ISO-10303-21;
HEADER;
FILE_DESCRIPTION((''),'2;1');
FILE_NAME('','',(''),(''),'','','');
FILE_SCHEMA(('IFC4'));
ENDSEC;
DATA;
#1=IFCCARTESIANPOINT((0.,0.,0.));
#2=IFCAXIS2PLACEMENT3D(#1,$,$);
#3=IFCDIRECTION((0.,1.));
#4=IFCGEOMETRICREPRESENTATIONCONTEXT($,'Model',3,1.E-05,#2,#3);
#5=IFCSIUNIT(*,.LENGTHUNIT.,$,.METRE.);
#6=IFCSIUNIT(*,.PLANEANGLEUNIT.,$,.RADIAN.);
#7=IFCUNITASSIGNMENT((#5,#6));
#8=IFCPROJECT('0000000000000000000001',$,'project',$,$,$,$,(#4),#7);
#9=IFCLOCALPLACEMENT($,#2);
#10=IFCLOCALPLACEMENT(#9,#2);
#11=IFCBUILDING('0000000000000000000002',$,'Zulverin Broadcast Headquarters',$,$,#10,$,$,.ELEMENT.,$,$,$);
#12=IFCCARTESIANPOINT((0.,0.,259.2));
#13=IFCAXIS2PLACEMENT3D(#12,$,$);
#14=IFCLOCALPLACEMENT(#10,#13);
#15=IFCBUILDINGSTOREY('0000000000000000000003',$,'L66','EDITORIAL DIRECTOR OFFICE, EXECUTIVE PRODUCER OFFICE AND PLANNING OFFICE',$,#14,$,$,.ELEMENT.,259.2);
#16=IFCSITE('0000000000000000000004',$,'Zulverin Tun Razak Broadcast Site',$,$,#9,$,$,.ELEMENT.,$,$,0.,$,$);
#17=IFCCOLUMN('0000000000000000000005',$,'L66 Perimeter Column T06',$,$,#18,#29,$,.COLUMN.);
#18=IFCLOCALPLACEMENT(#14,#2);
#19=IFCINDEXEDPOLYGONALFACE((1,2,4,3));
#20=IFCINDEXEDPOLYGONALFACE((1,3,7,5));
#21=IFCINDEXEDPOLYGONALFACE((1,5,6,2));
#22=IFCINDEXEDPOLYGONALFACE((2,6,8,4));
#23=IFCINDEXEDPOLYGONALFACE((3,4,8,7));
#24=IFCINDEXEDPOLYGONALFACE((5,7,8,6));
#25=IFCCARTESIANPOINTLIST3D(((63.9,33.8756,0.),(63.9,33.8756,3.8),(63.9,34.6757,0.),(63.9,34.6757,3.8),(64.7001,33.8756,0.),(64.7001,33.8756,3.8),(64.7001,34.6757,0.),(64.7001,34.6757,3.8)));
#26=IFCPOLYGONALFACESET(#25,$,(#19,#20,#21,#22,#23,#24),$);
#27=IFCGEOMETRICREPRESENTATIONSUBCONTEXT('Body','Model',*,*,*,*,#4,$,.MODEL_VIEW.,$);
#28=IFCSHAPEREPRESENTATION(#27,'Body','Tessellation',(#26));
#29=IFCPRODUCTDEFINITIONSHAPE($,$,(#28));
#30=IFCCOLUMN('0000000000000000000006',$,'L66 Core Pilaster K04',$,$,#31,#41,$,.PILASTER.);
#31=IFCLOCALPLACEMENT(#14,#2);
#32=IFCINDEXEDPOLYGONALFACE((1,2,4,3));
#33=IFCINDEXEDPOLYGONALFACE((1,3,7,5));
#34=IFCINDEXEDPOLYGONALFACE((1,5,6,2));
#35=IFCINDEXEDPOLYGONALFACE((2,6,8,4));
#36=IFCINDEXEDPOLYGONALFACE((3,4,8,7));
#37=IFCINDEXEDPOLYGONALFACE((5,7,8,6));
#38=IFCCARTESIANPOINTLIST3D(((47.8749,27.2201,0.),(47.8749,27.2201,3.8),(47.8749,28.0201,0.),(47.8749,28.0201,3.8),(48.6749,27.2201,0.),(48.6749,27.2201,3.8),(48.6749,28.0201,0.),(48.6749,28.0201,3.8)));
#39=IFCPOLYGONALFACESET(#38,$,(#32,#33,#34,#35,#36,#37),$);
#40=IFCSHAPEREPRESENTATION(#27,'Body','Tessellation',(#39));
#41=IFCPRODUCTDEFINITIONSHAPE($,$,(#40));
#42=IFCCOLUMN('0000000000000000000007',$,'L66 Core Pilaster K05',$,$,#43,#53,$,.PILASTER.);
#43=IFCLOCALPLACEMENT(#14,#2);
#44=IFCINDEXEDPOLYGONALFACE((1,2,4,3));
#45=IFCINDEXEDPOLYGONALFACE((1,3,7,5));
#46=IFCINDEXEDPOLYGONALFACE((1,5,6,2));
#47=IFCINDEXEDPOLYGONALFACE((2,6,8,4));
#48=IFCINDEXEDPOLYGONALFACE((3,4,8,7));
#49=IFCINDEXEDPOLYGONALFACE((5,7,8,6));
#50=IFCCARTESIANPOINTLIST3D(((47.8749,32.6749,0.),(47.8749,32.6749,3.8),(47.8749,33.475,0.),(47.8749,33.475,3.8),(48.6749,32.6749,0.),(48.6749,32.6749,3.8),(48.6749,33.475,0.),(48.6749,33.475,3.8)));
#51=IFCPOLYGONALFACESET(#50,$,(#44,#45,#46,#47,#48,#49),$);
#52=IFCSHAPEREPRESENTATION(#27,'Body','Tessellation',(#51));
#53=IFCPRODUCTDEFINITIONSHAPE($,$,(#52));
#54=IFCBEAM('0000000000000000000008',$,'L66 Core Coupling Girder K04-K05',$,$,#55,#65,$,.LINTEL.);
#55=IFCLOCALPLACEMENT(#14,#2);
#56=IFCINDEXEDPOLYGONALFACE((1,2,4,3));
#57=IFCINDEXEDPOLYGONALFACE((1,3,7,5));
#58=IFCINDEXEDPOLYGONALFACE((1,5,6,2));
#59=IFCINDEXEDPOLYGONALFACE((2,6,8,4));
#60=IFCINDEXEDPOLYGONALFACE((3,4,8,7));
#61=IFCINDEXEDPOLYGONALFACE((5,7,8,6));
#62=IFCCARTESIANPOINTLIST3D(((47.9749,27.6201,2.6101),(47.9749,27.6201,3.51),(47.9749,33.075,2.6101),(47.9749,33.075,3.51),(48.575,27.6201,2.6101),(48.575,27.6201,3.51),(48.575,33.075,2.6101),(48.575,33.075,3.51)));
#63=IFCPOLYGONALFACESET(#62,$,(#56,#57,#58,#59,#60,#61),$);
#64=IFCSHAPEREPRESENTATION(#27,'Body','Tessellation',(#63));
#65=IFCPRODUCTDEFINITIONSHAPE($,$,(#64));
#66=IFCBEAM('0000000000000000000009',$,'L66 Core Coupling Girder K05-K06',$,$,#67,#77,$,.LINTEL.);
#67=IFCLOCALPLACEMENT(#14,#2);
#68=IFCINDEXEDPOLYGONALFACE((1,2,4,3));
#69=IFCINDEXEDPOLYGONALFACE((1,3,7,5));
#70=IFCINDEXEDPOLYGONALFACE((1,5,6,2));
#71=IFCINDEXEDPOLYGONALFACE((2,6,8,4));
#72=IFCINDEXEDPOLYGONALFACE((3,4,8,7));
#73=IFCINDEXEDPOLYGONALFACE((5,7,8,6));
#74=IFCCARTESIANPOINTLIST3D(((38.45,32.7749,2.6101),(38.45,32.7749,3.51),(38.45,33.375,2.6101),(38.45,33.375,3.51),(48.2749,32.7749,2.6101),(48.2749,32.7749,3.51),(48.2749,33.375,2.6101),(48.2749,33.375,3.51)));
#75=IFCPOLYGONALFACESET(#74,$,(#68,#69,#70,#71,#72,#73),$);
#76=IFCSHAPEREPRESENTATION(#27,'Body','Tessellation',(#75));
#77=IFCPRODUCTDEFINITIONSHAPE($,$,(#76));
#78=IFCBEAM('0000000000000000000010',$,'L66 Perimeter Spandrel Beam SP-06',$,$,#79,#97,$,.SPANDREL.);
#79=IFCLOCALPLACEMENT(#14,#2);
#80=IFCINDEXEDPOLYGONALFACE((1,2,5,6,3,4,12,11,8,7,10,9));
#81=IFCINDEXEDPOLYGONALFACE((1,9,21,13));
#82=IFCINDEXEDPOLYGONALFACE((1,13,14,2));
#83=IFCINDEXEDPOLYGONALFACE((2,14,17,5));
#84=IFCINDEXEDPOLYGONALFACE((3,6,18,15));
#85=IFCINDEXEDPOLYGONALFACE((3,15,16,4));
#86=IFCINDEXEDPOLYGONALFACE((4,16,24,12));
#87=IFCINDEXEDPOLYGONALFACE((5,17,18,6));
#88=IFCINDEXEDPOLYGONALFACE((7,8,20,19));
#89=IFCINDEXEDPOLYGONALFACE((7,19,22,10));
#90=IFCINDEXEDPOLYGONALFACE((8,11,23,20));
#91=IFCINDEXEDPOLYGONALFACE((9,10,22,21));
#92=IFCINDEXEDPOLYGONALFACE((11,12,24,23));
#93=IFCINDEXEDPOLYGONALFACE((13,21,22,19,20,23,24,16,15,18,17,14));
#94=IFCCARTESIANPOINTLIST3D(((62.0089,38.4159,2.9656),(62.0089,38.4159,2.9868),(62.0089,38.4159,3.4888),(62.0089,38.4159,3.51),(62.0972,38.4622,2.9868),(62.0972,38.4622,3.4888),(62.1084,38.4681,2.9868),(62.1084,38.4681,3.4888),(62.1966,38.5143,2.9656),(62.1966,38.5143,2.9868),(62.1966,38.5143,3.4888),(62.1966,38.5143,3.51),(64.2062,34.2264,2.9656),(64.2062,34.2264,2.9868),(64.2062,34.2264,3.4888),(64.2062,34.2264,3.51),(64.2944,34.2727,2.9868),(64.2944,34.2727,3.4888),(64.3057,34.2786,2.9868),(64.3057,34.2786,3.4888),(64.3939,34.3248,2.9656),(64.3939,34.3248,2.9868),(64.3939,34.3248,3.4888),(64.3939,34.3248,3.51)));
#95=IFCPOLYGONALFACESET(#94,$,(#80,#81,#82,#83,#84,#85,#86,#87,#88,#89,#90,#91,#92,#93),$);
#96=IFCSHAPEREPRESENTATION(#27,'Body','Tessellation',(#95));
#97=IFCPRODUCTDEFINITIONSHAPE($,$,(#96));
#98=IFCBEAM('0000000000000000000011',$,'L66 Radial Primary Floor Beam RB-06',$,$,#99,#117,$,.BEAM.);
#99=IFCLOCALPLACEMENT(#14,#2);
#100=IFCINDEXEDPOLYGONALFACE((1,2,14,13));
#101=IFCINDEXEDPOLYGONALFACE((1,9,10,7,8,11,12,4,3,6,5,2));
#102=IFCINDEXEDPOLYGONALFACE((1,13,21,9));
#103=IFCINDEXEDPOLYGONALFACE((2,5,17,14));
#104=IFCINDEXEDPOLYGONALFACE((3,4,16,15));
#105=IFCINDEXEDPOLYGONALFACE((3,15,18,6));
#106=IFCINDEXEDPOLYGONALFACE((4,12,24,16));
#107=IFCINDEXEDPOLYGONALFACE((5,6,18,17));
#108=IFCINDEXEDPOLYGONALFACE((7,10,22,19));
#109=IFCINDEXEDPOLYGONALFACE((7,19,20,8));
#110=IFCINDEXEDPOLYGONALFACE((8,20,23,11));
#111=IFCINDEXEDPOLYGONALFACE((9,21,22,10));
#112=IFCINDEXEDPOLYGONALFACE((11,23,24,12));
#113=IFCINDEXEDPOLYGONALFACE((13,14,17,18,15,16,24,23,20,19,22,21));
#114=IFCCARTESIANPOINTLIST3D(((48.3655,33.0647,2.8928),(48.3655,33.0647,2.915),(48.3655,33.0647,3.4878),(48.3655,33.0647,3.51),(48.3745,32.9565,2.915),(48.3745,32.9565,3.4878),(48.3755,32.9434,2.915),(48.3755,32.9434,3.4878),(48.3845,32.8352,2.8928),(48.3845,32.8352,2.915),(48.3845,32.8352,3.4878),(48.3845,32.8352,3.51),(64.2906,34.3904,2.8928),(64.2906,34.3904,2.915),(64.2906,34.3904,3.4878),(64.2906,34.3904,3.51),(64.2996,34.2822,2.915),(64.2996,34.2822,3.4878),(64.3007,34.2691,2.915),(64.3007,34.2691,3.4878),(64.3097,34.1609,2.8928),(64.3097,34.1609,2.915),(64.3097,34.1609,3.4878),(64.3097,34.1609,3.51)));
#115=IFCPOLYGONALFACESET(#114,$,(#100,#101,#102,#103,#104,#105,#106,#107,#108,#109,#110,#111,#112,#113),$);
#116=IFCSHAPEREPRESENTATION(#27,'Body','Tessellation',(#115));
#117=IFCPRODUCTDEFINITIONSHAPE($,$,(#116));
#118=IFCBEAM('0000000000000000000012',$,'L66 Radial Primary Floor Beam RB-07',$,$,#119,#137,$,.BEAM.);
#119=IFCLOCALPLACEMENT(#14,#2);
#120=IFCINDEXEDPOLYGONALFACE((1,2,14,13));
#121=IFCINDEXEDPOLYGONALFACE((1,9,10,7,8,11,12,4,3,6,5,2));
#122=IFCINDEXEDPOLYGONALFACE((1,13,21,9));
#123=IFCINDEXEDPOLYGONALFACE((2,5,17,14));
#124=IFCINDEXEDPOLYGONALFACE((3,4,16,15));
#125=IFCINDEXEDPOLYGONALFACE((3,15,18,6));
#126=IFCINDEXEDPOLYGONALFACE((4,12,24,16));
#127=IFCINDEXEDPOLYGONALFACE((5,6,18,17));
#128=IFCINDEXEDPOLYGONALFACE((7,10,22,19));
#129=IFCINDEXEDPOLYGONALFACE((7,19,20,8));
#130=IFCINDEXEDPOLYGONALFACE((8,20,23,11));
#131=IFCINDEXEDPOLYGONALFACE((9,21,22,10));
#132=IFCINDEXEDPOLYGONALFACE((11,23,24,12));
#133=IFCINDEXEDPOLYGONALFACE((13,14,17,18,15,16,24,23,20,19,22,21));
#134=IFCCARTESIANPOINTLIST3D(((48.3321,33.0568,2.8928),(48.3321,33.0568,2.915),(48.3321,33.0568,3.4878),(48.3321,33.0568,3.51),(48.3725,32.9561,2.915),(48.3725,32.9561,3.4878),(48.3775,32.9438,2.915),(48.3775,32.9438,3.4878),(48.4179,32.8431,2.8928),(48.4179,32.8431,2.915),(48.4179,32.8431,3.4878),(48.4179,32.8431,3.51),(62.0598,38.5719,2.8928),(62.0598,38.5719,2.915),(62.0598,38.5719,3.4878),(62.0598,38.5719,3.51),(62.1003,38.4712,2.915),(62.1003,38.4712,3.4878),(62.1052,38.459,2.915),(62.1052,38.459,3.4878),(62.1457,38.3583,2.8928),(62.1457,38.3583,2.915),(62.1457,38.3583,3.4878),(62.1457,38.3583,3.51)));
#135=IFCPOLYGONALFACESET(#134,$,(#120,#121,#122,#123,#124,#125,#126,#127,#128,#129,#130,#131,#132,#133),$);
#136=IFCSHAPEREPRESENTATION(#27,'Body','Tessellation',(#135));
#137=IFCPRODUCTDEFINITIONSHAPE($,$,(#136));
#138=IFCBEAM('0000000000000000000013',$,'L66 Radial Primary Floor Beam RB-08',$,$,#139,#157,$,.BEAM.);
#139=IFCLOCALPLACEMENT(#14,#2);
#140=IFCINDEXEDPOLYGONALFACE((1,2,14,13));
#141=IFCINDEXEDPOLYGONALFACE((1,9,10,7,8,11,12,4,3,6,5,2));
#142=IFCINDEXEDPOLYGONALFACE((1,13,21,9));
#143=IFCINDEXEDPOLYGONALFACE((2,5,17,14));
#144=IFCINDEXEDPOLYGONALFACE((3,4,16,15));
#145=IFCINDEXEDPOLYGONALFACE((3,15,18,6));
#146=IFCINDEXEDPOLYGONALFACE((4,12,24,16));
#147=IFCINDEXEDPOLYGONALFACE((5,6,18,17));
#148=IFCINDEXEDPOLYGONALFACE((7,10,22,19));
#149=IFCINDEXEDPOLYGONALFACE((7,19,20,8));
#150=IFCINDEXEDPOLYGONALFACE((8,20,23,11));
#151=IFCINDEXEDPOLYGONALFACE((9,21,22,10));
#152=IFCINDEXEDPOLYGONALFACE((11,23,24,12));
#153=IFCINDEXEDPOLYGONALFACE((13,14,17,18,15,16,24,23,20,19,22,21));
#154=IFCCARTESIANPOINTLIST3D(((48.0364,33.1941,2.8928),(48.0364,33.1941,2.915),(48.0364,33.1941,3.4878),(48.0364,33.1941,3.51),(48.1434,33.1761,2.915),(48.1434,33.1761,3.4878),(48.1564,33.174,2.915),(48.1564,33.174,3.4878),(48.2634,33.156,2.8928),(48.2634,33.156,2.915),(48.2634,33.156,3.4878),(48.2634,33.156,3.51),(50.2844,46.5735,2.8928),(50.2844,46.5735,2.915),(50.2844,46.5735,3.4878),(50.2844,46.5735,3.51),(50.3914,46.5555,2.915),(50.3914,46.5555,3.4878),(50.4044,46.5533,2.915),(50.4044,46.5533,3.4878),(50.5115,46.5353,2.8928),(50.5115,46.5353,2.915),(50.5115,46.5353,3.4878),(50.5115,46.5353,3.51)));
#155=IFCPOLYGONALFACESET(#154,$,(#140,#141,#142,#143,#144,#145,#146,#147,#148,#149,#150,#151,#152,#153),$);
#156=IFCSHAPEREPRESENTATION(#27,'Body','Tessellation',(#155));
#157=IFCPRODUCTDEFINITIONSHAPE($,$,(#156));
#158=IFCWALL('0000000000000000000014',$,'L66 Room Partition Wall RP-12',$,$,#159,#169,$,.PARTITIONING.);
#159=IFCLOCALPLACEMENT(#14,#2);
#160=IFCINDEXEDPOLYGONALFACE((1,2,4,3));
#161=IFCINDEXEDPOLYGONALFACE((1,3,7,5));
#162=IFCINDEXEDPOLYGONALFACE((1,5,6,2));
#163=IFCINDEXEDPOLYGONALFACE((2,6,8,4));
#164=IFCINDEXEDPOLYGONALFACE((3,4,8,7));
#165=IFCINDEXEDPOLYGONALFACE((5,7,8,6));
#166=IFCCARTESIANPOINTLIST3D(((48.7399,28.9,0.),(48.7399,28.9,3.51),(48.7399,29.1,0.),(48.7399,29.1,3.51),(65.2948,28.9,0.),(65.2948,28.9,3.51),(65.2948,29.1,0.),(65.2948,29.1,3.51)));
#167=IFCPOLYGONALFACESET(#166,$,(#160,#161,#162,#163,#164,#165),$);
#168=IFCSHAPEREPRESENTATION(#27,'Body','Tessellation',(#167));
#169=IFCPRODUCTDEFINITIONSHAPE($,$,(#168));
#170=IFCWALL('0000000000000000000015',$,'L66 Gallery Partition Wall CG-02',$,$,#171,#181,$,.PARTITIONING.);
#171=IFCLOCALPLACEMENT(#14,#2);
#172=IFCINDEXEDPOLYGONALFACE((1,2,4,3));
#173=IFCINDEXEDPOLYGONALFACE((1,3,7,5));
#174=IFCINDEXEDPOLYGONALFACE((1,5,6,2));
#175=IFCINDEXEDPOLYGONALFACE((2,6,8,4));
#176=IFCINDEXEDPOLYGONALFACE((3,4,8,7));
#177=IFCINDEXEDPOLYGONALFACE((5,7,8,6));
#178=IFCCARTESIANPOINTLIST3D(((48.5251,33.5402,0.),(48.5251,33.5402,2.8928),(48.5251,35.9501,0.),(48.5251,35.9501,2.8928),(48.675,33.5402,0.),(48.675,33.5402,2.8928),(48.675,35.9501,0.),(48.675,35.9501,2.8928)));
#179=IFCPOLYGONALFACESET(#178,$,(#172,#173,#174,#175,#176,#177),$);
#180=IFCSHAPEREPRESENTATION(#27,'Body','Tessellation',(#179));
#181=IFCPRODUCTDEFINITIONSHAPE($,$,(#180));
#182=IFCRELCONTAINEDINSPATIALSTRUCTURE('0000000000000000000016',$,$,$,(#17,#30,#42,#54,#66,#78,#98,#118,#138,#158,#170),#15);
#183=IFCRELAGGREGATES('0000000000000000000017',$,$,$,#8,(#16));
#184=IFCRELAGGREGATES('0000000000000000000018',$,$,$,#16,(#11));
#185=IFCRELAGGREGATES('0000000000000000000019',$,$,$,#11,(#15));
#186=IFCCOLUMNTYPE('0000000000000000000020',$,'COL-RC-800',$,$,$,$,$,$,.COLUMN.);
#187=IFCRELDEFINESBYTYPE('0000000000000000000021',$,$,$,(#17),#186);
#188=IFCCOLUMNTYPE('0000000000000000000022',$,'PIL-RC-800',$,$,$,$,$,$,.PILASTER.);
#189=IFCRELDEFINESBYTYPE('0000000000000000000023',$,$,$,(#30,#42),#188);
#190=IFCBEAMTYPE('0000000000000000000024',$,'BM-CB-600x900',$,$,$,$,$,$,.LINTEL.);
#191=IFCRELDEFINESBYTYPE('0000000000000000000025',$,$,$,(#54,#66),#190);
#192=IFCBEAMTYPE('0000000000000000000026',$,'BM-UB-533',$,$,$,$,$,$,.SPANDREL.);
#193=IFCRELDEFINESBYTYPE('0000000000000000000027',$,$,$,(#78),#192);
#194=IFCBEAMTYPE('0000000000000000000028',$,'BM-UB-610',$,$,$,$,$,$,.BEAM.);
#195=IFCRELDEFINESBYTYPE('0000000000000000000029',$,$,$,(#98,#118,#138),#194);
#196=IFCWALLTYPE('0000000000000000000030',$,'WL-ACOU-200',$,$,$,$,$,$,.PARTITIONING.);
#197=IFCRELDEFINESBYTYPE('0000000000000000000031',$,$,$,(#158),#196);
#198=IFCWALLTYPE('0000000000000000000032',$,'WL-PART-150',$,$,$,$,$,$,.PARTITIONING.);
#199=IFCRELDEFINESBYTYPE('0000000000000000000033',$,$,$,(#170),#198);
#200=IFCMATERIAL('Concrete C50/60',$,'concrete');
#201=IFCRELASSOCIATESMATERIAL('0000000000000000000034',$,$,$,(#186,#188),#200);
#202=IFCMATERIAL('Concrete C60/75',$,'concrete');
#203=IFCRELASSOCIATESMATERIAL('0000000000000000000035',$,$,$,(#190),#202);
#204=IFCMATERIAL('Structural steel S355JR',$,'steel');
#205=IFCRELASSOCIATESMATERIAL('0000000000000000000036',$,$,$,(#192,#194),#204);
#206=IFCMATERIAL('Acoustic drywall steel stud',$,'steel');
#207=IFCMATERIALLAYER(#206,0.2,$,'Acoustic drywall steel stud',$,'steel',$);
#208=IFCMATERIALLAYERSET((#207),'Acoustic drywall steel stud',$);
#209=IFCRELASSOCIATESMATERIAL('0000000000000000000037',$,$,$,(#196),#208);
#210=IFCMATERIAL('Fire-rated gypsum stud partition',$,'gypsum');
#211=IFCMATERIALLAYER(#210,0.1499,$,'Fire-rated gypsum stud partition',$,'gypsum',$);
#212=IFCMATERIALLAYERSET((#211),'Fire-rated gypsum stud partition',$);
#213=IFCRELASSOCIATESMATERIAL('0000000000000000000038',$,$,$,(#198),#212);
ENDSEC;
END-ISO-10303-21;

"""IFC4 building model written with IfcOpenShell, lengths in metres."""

from ifc_helpers import new_model, si_unit, direction, frame, frame_2d, origin, origin_2d, place, context, subcontext, project, spatial, rectangle, i_section, extrude, material, layer, layer_set, material_profile, profile_set, type_object, element, save


model = new_model("IFC4")

# Units and contexts
model_context = context("Model", 3, precision=1e-05, world=origin(), true_north=direction((0.0, 1.0)))
body_context = subcontext(model_context, "Body", "Model", "MODEL_VIEW")
ifc_project = project(units=[si_unit("LENGTHUNIT", "METRE"), si_unit("PLANEANGLEUNIT", "RADIAN")], contexts=[model_context])

# Site, building, storey
site_placement = place(None, origin())
site = spatial("IfcSite", under=ifc_project, at=site_placement, Name="Zulverin Tun Razak Broadcast Site", CompositionType="ELEMENT", RefElevation=0.0)
building_placement = place(site_placement, origin())
building = spatial("IfcBuilding", under=site, at=building_placement, Name="Zulverin Broadcast Headquarters", CompositionType="ELEMENT")
storey_placement = place(building_placement, frame((0.0, 0.0, 259.2)))
storey = spatial("IfcBuildingStorey", under=building, at=storey_placement, Name="L66", Description="EDITORIAL DIRECTOR OFFICE, EXECUTIVE PRODUCER OFFICE AND PLANNING OFFICE", CompositionType="ELEMENT", Elevation=259.2)

# Columns
ifc_material_1 = material(Name="Concrete C50/60", Category="concrete")
ifc_material_profile_1 = material_profile(ifc_material_1, rectangle(XDim=0.8, YDim=0.8, at=origin_2d()), Name="Concrete C50/60", Category="concrete")
ifc_profile_set_1 = profile_set([ifc_material_profile_1], Name="Concrete C50/60")
column_type_1 = type_object("IfcColumnType", Name="COL-RC-800", PredefinedType="COLUMN", material=ifc_profile_set_1)
column_placement = place(storey_placement, frame((64.3, 34.2756, 0.0), z_axis=(0.0, 0.0, 1.0), x_axis=(1.0, 0.0, 0.0)))
element("IfcColumn", 1, at=column_placement, inside=storey, type_object=column_type_1, Name="L66 Perimeter Column T06", PredefinedType="COLUMN", context=body_context, shape_type="SweptSolid", body=[
    extrude(rectangle(XDim=0.8, YDim=0.8, at=origin_2d()), origin(), (0.0, 0.0, 1.0), 3.8),
])
ifc_material_profile_2 = material_profile(ifc_material_1, rectangle(XDim=0.8, YDim=0.8, at=origin_2d()), Name="Concrete C50/60", Category="concrete")
ifc_profile_set_2 = profile_set([ifc_material_profile_2], Name="Concrete C50/60")
column_type_2 = type_object("IfcColumnType", Name="PIL-RC-800", PredefinedType="PILASTER", material=ifc_profile_set_2)
for number, where, z_axis, x_axis, name in (
    (2, (48.2749, 27.6201, 0.0), (0.0, 0.0, 1.0), (1.0, 0.0, 0.0), "L66 Core Pilaster K04"),
    (3, (48.2749, 33.075, 0.0), (0.0, 0.0, 1.0), (1.0, 0.0, 0.0), "L66 Core Pilaster K05"),
):
    element("IfcColumn", number, at=place(storey_placement, frame(where, z_axis=z_axis, x_axis=x_axis)), inside=storey, type_object=column_type_2, Name=name, PredefinedType="PILASTER", context=body_context, shape_type="SweptSolid", body=[
        extrude(rectangle(XDim=0.8, YDim=0.8, at=origin_2d()), origin(), (0.0, 0.0, 1.0), 3.8),
    ])

# Beams
ifc_material_2 = material(Name="Concrete C60/75", Category="concrete")
ifc_material_profile_3 = material_profile(ifc_material_2, rectangle(XDim=0.6001, YDim=0.8999, at=origin_2d()), Name="Concrete C60/75", Category="concrete")
ifc_profile_set_3 = profile_set([ifc_material_profile_3], Name="Concrete C60/75")
beam_type_1 = type_object("IfcBeamType", Name="BM-CB-600x900", PredefinedType="LINTEL", material=ifc_profile_set_3)
beam_1_placement = place(storey_placement, frame((48.2749, 27.6201, 3.0601), z_axis=(0.0, 1.0, 0.0), x_axis=(-1.0, 0.0, 0.0)))
element("IfcBeam", 4, at=beam_1_placement, inside=storey, type_object=beam_type_1, Name="L66 Core Coupling Girder K04-K05", PredefinedType="LINTEL", context=body_context, shape_type="SweptSolid", body=[
    extrude(rectangle(XDim=0.6001, YDim=0.8999, at=origin_2d()), origin(), (0.0, 0.0, 1.0), 5.4548),
])
beam_2_placement = place(storey_placement, frame((48.2749, 33.075, 3.0601), z_axis=(-1.0, 0.0, 0.0), x_axis=(0.0, -1.0, 0.0)))
element("IfcBeam", 5, at=beam_2_placement, inside=storey, type_object=beam_type_1, Name="L66 Core Coupling Girder K05-K06", PredefinedType="LINTEL", context=body_context, shape_type="SweptSolid", body=[
    extrude(rectangle(XDim=0.6001, YDim=0.8999, at=origin_2d()), origin(), (0.0, 0.0, 1.0), 9.825),
])
ifc_material_3 = material(Name="Structural steel S355JR", Category="steel")
ifc_material_profile_4 = material_profile(ifc_material_3, i_section(OverallWidth=0.2119, OverallDepth=0.5444, WebThickness=0.0127, FlangeThickness=0.0212, at=origin_2d()), Name="Structural steel S355JR", Category="steel")
ifc_profile_set_4 = profile_set([ifc_material_profile_4], Name="Structural steel S355JR")
beam_type_2 = type_object("IfcBeamType", Name="BM-UB-533", PredefinedType="SPANDREL", material=ifc_profile_set_4)
beam_3_placement = place(storey_placement, frame((64.3, 34.2756, 3.2378), z_axis=(-0.46447, 0.885589, 0.0), x_axis=(-0.885589, -0.46447, 0.0)))
element("IfcBeam", 6, at=beam_3_placement, inside=storey, type_object=beam_type_2, Name="L66 Perimeter Spandrel Beam SP-06", PredefinedType="SPANDREL", context=body_context, shape_type="SweptSolid", body=[
    extrude(i_section(OverallWidth=0.2119, OverallDepth=0.5444, WebThickness=0.0127, FlangeThickness=0.0212, at=origin_2d()), origin(), (0.0, 0.0, 1.0), 4.7307),
])
ifc_material_profile_5 = material_profile(ifc_material_3, i_section(OverallWidth=0.2302, OverallDepth=0.6172, WebThickness=0.0132, FlangeThickness=0.0222, at=origin_2d()), Name="Structural steel S355JR", Category="steel")
ifc_profile_set_5 = profile_set([ifc_material_profile_5], Name="Structural steel S355JR")
beam_type_3 = type_object("IfcBeamType", Name="BM-UB-610", PredefinedType="BEAM", material=ifc_profile_set_5)
beam_4_placement = place(storey_placement, frame((48.375, 32.95, 3.2014), z_axis=(0.996553, 0.082958, 0.0), x_axis=(-0.082958, 0.996553, 0.0)))
element("IfcBeam", 7, at=beam_4_placement, inside=storey, type_object=beam_type_3, Name="L66 Radial Primary Floor Beam RB-06", PredefinedType="BEAM", context=body_context, shape_type="SweptSolid", body=[
    extrude(i_section(OverallWidth=0.2302, OverallDepth=0.6172, WebThickness=0.0132, FlangeThickness=0.0222, at=origin_2d()), origin(), (0.0, 0.0, 1.0), 15.9802),
])
beam_5_placement = place(storey_placement, frame((48.375, 32.95, 3.2014), z_axis=(0.927916, 0.37279, 0.0), x_axis=(-0.37279, 0.927916, 0.0)))
element("IfcBeam", 8, at=beam_5_placement, inside=storey, type_object=beam_type_3, Name="L66 Radial Primary Floor Beam RB-07", PredefinedType="BEAM", context=body_context, shape_type="SweptSolid", body=[
    extrude(i_section(OverallWidth=0.2302, OverallDepth=0.6172, WebThickness=0.0132, FlangeThickness=0.0222, at=origin_2d()), origin(), (0.0, 0.0, 1.0), 14.7942),
])
beam_6_placement = place(storey_placement, frame((48.1499, 33.175, 3.2014), z_axis=(0.1657, 0.986176, 0.0), x_axis=(-0.986176, 0.1657, 0.0)))
element("IfcBeam", 9, at=beam_6_placement, inside=storey, type_object=beam_type_3, Name="L66 Radial Primary Floor Beam RB-08", PredefinedType="BEAM", context=body_context, shape_type="SweptSolid", body=[
    extrude(i_section(OverallWidth=0.2302, OverallDepth=0.6172, WebThickness=0.0132, FlangeThickness=0.0222, at=origin_2d()), origin(), (0.0, 0.0, 1.0), 13.5669),
])

# Walls
ifc_material_4 = material(Name="Acoustic drywall steel stud", Category="steel")
ifc_layer_1 = layer(ifc_material_4, 0.2, Name="Acoustic drywall steel stud", Category="steel")
ifc_layer_set_1 = layer_set([ifc_layer_1], Name="Acoustic drywall steel stud")
wall_type_1 = type_object("IfcWallType", Name="WL-ACOU-200", PredefinedType="PARTITIONING", material=ifc_layer_set_1)
wall_1_placement = place(storey_placement, frame((48.74, 29.0, 0.0), z_axis=(0.0, 0.0, 1.0), x_axis=(1.0, 0.0, 0.0)))
element("IfcWall", 10, at=wall_1_placement, inside=storey, type_object=wall_type_1, Name="L66 Room Partition Wall RP-12", PredefinedType="PARTITIONING", context=body_context, shape_type="SweptSolid", body=[
    extrude(rectangle(XDim=16.5549, YDim=0.2, at=frame_2d((8.2773, 0.0))), origin(), (0.0, 0.0, 1.0), 3.51),
])
ifc_material_5 = material(Name="Fire-rated gypsum stud partition", Category="gypsum")
ifc_layer_2 = layer(ifc_material_5, 0.1499, Name="Fire-rated gypsum stud partition", Category="gypsum")
ifc_layer_set_2 = layer_set([ifc_layer_2], Name="Fire-rated gypsum stud partition")
wall_type_2 = type_object("IfcWallType", Name="WL-PART-150", PredefinedType="PARTITIONING", material=ifc_layer_set_2)
wall_2_placement = place(storey_placement, frame((48.6001, 33.54, 0.0), z_axis=(0.0, 0.0, 1.0), x_axis=(0.0, 1.0, 0.0)))
element("IfcWall", 11, at=wall_2_placement, inside=storey, type_object=wall_type_2, Name="L66 Gallery Partition Wall CG-02", PredefinedType="PARTITIONING", context=body_context, shape_type="SweptSolid", body=[
    extrude(rectangle(XDim=2.4099, YDim=0.1499, at=frame_2d((1.2051, 0.0))), origin(), (0.0, 0.0, 1.0), 2.8928),
])

save(model, "model.ifc")
